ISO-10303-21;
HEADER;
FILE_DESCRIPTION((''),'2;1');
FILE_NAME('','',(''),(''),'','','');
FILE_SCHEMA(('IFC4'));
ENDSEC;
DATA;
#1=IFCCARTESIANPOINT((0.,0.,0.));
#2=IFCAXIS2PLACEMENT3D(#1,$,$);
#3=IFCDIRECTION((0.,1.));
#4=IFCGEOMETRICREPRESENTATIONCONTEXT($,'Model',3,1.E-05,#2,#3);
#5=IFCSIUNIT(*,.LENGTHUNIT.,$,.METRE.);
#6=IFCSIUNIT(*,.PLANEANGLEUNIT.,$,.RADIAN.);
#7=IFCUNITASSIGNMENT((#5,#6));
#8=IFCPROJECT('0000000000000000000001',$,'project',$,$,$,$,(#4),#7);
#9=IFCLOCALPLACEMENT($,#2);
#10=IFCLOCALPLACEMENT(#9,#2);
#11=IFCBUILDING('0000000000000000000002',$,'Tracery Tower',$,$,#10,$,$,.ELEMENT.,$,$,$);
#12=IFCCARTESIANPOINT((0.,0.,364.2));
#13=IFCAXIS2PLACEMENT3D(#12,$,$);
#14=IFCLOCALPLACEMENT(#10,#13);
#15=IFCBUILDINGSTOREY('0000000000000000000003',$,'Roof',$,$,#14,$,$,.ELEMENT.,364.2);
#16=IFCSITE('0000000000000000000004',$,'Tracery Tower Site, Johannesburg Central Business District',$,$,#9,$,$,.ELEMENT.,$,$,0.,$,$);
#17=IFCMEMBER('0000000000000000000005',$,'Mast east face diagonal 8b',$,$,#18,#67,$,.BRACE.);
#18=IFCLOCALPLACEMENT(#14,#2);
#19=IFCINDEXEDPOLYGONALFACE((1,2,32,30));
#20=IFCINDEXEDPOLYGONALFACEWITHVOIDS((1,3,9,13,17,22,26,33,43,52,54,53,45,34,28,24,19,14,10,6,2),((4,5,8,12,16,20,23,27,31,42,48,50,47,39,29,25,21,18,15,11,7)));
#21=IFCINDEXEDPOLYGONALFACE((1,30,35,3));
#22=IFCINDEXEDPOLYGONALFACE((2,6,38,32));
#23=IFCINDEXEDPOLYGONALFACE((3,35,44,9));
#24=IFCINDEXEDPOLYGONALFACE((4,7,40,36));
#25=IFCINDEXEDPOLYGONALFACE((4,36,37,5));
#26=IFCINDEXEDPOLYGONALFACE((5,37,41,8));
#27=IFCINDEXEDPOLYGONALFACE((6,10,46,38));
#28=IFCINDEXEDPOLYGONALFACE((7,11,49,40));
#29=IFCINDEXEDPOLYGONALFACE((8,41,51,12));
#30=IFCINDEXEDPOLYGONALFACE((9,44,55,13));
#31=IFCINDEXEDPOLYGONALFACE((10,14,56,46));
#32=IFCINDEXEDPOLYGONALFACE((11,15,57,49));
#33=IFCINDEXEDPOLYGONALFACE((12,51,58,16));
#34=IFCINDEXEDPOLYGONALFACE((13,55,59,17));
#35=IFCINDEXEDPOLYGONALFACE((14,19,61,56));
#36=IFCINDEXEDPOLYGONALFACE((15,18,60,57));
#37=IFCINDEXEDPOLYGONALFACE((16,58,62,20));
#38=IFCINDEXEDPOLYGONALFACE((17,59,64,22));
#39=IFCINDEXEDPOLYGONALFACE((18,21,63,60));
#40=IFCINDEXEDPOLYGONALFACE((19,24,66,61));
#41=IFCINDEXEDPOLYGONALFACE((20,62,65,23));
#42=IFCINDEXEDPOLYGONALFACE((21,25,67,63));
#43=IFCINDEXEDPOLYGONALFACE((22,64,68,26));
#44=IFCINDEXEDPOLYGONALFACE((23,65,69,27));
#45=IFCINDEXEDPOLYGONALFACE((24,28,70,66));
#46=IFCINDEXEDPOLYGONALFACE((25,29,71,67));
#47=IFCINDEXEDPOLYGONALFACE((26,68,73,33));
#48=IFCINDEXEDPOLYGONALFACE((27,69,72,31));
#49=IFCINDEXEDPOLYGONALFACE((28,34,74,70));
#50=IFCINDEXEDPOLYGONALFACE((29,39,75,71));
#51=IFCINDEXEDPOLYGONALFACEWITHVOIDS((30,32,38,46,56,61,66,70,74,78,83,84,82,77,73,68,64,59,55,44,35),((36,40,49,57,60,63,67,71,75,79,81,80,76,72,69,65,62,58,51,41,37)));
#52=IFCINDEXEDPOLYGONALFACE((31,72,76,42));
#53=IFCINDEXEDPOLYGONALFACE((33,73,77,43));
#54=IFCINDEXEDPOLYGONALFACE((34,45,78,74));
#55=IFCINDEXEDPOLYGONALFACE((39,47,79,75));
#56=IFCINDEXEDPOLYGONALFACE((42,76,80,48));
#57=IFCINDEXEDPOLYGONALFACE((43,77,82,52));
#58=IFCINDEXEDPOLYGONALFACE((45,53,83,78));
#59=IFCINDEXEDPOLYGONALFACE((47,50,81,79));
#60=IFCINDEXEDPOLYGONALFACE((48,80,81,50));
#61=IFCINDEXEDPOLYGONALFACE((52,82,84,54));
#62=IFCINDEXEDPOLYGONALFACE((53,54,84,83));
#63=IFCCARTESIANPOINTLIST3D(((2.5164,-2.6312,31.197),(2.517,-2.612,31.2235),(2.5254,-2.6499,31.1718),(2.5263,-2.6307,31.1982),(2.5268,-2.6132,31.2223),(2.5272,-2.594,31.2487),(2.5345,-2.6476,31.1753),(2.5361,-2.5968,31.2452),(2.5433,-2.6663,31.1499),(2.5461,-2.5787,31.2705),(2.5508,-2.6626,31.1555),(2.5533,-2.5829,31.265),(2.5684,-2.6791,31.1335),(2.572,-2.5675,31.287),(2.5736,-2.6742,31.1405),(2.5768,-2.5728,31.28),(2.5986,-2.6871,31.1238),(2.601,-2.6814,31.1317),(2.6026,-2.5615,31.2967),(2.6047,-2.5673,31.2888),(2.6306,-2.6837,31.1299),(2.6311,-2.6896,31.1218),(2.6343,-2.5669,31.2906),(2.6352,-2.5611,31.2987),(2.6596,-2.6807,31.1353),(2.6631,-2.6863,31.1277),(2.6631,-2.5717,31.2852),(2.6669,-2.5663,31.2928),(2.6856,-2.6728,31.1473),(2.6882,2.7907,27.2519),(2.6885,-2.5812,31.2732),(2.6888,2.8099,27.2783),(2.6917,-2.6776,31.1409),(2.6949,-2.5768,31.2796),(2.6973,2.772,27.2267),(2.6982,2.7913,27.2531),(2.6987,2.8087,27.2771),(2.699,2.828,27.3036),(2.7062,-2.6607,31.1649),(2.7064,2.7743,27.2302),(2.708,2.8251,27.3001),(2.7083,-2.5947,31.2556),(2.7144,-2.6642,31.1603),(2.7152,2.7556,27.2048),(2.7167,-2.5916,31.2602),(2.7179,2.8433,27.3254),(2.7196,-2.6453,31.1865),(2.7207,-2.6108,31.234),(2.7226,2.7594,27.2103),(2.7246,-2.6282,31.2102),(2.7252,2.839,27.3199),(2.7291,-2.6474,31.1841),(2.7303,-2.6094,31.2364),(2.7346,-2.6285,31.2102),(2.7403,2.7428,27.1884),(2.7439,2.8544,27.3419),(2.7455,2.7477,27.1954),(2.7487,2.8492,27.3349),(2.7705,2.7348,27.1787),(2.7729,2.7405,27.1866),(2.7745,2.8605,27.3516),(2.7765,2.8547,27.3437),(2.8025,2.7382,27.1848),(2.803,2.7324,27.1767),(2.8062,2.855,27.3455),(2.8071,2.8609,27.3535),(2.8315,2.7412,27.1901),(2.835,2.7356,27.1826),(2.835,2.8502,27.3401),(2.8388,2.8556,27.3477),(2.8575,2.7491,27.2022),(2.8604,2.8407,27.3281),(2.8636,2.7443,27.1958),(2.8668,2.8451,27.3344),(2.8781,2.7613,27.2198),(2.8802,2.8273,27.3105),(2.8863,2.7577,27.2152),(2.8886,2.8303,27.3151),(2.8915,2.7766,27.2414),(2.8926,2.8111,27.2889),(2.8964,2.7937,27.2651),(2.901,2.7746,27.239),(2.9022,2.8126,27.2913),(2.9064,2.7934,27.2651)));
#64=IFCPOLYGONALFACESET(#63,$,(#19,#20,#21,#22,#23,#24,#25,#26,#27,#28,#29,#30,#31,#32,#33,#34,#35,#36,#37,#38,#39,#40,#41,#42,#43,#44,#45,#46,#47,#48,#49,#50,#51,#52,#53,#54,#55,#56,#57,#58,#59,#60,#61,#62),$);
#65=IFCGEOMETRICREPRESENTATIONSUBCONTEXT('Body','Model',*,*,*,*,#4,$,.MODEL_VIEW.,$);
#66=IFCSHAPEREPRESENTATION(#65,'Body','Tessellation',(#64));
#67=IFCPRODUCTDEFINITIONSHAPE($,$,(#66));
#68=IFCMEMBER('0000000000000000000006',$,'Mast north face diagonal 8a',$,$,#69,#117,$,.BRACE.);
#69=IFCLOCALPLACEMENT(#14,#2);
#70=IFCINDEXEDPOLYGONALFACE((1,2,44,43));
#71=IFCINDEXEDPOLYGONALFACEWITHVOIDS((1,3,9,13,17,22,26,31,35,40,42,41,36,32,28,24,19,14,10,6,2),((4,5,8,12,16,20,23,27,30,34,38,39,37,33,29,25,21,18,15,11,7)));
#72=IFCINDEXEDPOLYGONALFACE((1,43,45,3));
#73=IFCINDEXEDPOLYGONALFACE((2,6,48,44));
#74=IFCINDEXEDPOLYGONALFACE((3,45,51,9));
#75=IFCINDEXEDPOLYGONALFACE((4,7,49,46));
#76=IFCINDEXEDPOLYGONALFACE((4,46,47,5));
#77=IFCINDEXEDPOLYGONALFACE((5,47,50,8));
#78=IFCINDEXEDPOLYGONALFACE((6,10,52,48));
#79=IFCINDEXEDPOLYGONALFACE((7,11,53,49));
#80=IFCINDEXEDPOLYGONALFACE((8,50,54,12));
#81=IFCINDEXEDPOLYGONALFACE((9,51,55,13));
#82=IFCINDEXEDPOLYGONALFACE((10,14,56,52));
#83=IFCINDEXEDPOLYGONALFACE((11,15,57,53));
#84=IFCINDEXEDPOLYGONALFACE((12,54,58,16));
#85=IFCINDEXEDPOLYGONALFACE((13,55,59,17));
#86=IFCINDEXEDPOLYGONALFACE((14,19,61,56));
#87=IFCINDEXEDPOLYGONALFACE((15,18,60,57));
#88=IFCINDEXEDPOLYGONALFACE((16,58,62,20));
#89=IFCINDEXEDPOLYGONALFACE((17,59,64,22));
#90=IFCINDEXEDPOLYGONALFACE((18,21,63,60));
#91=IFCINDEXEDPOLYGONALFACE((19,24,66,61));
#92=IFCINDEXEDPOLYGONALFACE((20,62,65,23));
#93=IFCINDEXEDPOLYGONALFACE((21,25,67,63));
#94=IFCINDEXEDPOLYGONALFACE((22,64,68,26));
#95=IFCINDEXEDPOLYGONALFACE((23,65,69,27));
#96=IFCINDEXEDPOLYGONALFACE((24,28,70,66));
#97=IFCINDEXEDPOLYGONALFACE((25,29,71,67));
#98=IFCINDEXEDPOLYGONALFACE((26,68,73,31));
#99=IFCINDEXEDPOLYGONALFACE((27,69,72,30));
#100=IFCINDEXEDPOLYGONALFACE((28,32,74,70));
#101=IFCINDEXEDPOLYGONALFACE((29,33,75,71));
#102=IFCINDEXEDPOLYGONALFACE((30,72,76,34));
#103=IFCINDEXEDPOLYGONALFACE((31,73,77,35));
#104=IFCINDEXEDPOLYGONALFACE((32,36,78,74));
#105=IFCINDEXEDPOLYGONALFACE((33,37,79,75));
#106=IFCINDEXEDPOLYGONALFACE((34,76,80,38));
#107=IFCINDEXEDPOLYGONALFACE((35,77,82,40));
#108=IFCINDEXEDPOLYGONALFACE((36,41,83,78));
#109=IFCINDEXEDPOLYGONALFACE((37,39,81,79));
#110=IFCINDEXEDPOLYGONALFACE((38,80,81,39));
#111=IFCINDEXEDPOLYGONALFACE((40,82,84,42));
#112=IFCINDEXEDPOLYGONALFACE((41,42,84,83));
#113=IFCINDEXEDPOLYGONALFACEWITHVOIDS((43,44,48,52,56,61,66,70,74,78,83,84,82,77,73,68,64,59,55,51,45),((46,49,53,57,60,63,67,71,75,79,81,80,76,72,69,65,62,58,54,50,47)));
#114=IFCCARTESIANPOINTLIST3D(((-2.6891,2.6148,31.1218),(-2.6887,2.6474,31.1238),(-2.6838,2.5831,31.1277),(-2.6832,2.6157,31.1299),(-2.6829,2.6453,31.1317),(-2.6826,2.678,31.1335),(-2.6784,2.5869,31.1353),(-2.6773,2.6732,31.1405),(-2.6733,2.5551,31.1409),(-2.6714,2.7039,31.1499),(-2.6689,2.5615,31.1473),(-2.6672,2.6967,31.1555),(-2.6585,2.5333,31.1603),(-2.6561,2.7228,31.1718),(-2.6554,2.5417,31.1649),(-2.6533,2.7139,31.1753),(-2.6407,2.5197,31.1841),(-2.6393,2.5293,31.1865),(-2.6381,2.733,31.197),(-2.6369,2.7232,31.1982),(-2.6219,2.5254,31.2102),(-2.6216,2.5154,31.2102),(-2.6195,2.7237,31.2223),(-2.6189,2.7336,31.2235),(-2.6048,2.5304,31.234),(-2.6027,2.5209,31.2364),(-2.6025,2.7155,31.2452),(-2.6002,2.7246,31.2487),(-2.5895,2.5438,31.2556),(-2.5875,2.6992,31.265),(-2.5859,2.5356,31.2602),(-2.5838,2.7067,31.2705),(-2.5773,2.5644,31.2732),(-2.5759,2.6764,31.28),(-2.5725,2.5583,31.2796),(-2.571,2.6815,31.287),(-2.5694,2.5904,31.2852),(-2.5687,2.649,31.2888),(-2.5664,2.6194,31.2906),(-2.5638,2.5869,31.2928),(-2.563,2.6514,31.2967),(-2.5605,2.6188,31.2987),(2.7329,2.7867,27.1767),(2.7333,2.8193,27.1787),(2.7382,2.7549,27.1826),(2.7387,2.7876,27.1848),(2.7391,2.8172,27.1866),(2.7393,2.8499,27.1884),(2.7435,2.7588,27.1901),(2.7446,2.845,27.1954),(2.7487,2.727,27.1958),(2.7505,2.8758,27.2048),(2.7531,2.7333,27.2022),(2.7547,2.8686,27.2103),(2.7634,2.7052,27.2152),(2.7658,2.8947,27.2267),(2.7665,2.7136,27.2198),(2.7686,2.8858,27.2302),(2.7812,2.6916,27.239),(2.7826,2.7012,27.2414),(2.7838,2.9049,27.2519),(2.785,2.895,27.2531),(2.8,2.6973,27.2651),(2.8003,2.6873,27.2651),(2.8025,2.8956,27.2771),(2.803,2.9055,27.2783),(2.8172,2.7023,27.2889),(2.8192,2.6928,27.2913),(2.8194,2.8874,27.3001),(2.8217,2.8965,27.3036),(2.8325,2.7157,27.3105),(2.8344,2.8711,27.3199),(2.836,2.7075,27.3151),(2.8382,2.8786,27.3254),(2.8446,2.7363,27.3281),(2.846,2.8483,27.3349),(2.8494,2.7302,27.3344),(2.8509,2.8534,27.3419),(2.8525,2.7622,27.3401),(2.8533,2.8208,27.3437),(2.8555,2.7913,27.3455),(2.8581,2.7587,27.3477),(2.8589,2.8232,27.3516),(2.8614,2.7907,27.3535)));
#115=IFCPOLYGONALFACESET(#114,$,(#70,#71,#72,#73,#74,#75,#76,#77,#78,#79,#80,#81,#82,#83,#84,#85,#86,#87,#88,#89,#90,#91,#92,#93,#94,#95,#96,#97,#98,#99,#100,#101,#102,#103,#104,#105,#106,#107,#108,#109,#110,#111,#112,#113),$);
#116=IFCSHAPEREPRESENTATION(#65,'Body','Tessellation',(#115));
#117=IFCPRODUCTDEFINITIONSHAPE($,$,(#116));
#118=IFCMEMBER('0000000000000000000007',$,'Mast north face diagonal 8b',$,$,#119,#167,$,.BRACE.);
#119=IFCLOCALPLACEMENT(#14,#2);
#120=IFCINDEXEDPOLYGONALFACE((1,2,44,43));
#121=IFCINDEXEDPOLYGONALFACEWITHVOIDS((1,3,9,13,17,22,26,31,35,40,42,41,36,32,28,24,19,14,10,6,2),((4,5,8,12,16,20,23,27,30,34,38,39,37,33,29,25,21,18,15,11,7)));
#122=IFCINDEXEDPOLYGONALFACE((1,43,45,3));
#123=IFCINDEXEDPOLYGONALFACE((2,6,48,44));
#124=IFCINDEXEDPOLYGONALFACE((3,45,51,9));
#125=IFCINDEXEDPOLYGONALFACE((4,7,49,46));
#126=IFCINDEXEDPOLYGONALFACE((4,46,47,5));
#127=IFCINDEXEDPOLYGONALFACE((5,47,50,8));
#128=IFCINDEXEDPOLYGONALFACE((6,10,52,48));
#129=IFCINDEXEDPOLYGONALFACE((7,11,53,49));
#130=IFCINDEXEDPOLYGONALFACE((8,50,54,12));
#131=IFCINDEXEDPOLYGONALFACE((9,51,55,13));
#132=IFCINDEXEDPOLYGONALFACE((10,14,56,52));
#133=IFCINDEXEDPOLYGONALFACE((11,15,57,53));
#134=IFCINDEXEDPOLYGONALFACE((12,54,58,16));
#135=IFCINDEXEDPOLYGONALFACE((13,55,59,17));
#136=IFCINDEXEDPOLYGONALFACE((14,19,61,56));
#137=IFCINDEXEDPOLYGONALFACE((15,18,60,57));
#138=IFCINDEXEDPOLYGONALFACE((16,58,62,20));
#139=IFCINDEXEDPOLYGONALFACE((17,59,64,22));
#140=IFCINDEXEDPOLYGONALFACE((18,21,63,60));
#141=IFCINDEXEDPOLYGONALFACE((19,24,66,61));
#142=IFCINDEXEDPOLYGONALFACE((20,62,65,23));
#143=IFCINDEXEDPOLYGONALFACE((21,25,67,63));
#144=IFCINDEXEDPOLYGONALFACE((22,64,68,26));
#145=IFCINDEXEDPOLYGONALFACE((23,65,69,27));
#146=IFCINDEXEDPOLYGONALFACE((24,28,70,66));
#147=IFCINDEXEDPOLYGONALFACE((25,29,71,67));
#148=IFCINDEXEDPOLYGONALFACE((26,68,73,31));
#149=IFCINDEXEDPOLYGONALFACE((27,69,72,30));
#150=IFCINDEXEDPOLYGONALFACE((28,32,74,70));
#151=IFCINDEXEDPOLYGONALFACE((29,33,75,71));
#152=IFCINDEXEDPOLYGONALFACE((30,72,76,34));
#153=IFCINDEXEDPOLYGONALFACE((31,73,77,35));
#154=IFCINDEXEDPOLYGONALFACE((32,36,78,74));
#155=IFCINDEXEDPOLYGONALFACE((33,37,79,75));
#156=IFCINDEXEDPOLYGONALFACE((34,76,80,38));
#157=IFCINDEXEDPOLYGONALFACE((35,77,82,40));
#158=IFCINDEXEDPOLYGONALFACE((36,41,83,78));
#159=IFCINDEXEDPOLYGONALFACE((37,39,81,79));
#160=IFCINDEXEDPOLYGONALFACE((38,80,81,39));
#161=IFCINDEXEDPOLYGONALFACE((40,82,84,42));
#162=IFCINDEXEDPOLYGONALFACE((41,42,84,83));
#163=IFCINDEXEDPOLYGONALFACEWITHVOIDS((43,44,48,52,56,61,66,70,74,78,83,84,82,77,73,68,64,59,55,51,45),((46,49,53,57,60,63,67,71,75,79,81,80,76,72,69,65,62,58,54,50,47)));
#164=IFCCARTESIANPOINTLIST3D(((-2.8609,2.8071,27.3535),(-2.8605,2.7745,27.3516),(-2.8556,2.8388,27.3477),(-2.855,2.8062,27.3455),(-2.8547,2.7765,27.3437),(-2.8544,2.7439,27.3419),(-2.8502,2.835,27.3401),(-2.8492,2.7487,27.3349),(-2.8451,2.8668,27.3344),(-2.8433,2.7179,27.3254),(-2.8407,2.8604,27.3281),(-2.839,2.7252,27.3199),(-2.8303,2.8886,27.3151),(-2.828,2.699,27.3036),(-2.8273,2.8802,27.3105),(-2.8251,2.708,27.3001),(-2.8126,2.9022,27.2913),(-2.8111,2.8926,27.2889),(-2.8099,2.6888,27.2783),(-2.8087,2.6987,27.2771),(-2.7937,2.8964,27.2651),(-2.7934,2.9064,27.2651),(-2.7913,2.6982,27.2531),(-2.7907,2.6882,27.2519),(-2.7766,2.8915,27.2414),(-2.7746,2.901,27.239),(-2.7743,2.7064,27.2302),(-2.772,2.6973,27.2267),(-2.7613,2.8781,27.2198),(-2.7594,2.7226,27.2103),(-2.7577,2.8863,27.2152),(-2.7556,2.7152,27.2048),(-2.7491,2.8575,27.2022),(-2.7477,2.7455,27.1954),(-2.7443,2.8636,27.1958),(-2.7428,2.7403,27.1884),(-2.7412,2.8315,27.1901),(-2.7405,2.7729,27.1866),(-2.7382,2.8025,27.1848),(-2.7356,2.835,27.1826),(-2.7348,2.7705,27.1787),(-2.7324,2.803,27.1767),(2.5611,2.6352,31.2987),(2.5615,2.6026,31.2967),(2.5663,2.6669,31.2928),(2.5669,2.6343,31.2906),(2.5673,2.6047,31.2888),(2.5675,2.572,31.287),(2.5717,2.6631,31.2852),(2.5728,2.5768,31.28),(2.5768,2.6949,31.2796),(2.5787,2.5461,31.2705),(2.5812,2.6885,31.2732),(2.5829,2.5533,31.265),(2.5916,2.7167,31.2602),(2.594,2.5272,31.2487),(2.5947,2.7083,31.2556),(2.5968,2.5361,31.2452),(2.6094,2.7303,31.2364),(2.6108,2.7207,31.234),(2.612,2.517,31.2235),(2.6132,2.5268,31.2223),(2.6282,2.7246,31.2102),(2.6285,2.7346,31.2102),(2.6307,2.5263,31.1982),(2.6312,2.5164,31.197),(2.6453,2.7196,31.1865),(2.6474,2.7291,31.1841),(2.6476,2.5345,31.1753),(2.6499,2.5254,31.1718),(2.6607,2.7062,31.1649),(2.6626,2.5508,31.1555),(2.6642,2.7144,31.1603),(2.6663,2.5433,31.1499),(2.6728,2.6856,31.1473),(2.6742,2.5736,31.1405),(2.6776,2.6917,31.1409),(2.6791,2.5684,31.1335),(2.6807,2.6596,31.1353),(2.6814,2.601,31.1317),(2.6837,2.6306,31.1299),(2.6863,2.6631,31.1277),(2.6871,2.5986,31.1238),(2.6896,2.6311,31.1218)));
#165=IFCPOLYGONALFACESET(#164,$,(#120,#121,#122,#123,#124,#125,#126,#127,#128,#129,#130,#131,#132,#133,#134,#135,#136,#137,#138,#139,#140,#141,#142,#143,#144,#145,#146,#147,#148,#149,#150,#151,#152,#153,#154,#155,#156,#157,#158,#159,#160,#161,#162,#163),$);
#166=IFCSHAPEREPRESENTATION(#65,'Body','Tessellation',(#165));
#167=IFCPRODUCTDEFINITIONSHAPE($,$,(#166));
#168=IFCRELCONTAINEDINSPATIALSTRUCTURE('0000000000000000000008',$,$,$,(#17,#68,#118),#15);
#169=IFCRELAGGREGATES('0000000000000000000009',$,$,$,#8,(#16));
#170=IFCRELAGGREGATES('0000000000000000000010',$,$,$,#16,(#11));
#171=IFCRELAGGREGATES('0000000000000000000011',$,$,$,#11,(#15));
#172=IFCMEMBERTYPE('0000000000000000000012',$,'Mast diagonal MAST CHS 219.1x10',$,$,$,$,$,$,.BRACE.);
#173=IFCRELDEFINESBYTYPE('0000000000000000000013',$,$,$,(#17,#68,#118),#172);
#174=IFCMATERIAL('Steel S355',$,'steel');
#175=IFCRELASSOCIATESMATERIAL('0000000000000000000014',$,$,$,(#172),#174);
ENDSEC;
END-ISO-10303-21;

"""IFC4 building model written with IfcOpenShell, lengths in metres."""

from ifc_helpers import new_model, si_unit, direction, frame, origin, origin_2d, place, context, subcontext, project, spatial, hollow_circle, extrude, material, material_profile, profile_set, type_object, element, save


model = new_model("IFC4")

# Units and contexts
model_context = context("Model", 3, precision=1e-05, world=origin(), true_north=direction((0.0, 1.0)))
body_context = subcontext(model_context, "Body", "Model", "MODEL_VIEW")
ifc_project = project(units=[si_unit("LENGTHUNIT", "METRE"), si_unit("PLANEANGLEUNIT", "RADIAN")], contexts=[model_context])

# Site, building, storey
site_placement = place(None, origin())
site = spatial("IfcSite", under=ifc_project, at=site_placement, Name="Tracery Tower Site, Johannesburg Central Business District", CompositionType="ELEMENT", RefElevation=0.0)
building_placement = place(site_placement, origin())
building = spatial("IfcBuilding", under=site, at=building_placement, Name="Tracery Tower", CompositionType="ELEMENT")
storey_placement = place(building_placement, frame((0.0, 0.0, 364.2)))
storey = spatial("IfcBuildingStorey", under=building, at=storey_placement, Name="Roof", CompositionType="ELEMENT", Elevation=364.2)

# Members
ifc_material_1 = material(Name="Steel S355", Category="steel")
ifc_material_profile_1 = material_profile(ifc_material_1, hollow_circle(Radius=0.1096, WallThickness=0.01, at=origin_2d()), Name="CHS 219.1x10")
ifc_profile_set_1 = profile_set([ifc_material_profile_1], Name="Steel S355")
member_type_1 = type_object("IfcMemberType", Name="Mast diagonal MAST CHS 219.1x10", PredefinedType="BRACE", material=ifc_profile_set_1)
for number, where, z_axis, x_axis, name in (
    (1, (2.7969, 2.7969, 27.2651), (-0.025625, -0.808337, 0.588163), (0.999498, -0.031684, 0.0), "Mast east face diagonal 8b"),
    (2, (2.7969, 2.7969, 27.2651), (-0.808337, -0.025625, 0.588163), (0.031684, -0.999498, 0.0), "Mast north face diagonal 8a"),
    (3, (-2.7969, 2.7969, 27.2651), (0.808337, -0.025625, 0.588163), (0.031684, 0.999498, 0.0), "Mast north face diagonal 8b"),
):
    element("IfcMember", number, at=place(storey_placement, frame(where, z_axis=z_axis, x_axis=x_axis)), inside=storey, type_object=member_type_1, Name=name, PredefinedType="BRACE", context=body_context, shape_type="SweptSolid", body=[
        extrude(hollow_circle(Radius=0.1096, WallThickness=0.01, at=origin_2d()), origin(), (0.0, 0.0, 1.0), 6.7075),
    ])

save(model, "model.ifc")
